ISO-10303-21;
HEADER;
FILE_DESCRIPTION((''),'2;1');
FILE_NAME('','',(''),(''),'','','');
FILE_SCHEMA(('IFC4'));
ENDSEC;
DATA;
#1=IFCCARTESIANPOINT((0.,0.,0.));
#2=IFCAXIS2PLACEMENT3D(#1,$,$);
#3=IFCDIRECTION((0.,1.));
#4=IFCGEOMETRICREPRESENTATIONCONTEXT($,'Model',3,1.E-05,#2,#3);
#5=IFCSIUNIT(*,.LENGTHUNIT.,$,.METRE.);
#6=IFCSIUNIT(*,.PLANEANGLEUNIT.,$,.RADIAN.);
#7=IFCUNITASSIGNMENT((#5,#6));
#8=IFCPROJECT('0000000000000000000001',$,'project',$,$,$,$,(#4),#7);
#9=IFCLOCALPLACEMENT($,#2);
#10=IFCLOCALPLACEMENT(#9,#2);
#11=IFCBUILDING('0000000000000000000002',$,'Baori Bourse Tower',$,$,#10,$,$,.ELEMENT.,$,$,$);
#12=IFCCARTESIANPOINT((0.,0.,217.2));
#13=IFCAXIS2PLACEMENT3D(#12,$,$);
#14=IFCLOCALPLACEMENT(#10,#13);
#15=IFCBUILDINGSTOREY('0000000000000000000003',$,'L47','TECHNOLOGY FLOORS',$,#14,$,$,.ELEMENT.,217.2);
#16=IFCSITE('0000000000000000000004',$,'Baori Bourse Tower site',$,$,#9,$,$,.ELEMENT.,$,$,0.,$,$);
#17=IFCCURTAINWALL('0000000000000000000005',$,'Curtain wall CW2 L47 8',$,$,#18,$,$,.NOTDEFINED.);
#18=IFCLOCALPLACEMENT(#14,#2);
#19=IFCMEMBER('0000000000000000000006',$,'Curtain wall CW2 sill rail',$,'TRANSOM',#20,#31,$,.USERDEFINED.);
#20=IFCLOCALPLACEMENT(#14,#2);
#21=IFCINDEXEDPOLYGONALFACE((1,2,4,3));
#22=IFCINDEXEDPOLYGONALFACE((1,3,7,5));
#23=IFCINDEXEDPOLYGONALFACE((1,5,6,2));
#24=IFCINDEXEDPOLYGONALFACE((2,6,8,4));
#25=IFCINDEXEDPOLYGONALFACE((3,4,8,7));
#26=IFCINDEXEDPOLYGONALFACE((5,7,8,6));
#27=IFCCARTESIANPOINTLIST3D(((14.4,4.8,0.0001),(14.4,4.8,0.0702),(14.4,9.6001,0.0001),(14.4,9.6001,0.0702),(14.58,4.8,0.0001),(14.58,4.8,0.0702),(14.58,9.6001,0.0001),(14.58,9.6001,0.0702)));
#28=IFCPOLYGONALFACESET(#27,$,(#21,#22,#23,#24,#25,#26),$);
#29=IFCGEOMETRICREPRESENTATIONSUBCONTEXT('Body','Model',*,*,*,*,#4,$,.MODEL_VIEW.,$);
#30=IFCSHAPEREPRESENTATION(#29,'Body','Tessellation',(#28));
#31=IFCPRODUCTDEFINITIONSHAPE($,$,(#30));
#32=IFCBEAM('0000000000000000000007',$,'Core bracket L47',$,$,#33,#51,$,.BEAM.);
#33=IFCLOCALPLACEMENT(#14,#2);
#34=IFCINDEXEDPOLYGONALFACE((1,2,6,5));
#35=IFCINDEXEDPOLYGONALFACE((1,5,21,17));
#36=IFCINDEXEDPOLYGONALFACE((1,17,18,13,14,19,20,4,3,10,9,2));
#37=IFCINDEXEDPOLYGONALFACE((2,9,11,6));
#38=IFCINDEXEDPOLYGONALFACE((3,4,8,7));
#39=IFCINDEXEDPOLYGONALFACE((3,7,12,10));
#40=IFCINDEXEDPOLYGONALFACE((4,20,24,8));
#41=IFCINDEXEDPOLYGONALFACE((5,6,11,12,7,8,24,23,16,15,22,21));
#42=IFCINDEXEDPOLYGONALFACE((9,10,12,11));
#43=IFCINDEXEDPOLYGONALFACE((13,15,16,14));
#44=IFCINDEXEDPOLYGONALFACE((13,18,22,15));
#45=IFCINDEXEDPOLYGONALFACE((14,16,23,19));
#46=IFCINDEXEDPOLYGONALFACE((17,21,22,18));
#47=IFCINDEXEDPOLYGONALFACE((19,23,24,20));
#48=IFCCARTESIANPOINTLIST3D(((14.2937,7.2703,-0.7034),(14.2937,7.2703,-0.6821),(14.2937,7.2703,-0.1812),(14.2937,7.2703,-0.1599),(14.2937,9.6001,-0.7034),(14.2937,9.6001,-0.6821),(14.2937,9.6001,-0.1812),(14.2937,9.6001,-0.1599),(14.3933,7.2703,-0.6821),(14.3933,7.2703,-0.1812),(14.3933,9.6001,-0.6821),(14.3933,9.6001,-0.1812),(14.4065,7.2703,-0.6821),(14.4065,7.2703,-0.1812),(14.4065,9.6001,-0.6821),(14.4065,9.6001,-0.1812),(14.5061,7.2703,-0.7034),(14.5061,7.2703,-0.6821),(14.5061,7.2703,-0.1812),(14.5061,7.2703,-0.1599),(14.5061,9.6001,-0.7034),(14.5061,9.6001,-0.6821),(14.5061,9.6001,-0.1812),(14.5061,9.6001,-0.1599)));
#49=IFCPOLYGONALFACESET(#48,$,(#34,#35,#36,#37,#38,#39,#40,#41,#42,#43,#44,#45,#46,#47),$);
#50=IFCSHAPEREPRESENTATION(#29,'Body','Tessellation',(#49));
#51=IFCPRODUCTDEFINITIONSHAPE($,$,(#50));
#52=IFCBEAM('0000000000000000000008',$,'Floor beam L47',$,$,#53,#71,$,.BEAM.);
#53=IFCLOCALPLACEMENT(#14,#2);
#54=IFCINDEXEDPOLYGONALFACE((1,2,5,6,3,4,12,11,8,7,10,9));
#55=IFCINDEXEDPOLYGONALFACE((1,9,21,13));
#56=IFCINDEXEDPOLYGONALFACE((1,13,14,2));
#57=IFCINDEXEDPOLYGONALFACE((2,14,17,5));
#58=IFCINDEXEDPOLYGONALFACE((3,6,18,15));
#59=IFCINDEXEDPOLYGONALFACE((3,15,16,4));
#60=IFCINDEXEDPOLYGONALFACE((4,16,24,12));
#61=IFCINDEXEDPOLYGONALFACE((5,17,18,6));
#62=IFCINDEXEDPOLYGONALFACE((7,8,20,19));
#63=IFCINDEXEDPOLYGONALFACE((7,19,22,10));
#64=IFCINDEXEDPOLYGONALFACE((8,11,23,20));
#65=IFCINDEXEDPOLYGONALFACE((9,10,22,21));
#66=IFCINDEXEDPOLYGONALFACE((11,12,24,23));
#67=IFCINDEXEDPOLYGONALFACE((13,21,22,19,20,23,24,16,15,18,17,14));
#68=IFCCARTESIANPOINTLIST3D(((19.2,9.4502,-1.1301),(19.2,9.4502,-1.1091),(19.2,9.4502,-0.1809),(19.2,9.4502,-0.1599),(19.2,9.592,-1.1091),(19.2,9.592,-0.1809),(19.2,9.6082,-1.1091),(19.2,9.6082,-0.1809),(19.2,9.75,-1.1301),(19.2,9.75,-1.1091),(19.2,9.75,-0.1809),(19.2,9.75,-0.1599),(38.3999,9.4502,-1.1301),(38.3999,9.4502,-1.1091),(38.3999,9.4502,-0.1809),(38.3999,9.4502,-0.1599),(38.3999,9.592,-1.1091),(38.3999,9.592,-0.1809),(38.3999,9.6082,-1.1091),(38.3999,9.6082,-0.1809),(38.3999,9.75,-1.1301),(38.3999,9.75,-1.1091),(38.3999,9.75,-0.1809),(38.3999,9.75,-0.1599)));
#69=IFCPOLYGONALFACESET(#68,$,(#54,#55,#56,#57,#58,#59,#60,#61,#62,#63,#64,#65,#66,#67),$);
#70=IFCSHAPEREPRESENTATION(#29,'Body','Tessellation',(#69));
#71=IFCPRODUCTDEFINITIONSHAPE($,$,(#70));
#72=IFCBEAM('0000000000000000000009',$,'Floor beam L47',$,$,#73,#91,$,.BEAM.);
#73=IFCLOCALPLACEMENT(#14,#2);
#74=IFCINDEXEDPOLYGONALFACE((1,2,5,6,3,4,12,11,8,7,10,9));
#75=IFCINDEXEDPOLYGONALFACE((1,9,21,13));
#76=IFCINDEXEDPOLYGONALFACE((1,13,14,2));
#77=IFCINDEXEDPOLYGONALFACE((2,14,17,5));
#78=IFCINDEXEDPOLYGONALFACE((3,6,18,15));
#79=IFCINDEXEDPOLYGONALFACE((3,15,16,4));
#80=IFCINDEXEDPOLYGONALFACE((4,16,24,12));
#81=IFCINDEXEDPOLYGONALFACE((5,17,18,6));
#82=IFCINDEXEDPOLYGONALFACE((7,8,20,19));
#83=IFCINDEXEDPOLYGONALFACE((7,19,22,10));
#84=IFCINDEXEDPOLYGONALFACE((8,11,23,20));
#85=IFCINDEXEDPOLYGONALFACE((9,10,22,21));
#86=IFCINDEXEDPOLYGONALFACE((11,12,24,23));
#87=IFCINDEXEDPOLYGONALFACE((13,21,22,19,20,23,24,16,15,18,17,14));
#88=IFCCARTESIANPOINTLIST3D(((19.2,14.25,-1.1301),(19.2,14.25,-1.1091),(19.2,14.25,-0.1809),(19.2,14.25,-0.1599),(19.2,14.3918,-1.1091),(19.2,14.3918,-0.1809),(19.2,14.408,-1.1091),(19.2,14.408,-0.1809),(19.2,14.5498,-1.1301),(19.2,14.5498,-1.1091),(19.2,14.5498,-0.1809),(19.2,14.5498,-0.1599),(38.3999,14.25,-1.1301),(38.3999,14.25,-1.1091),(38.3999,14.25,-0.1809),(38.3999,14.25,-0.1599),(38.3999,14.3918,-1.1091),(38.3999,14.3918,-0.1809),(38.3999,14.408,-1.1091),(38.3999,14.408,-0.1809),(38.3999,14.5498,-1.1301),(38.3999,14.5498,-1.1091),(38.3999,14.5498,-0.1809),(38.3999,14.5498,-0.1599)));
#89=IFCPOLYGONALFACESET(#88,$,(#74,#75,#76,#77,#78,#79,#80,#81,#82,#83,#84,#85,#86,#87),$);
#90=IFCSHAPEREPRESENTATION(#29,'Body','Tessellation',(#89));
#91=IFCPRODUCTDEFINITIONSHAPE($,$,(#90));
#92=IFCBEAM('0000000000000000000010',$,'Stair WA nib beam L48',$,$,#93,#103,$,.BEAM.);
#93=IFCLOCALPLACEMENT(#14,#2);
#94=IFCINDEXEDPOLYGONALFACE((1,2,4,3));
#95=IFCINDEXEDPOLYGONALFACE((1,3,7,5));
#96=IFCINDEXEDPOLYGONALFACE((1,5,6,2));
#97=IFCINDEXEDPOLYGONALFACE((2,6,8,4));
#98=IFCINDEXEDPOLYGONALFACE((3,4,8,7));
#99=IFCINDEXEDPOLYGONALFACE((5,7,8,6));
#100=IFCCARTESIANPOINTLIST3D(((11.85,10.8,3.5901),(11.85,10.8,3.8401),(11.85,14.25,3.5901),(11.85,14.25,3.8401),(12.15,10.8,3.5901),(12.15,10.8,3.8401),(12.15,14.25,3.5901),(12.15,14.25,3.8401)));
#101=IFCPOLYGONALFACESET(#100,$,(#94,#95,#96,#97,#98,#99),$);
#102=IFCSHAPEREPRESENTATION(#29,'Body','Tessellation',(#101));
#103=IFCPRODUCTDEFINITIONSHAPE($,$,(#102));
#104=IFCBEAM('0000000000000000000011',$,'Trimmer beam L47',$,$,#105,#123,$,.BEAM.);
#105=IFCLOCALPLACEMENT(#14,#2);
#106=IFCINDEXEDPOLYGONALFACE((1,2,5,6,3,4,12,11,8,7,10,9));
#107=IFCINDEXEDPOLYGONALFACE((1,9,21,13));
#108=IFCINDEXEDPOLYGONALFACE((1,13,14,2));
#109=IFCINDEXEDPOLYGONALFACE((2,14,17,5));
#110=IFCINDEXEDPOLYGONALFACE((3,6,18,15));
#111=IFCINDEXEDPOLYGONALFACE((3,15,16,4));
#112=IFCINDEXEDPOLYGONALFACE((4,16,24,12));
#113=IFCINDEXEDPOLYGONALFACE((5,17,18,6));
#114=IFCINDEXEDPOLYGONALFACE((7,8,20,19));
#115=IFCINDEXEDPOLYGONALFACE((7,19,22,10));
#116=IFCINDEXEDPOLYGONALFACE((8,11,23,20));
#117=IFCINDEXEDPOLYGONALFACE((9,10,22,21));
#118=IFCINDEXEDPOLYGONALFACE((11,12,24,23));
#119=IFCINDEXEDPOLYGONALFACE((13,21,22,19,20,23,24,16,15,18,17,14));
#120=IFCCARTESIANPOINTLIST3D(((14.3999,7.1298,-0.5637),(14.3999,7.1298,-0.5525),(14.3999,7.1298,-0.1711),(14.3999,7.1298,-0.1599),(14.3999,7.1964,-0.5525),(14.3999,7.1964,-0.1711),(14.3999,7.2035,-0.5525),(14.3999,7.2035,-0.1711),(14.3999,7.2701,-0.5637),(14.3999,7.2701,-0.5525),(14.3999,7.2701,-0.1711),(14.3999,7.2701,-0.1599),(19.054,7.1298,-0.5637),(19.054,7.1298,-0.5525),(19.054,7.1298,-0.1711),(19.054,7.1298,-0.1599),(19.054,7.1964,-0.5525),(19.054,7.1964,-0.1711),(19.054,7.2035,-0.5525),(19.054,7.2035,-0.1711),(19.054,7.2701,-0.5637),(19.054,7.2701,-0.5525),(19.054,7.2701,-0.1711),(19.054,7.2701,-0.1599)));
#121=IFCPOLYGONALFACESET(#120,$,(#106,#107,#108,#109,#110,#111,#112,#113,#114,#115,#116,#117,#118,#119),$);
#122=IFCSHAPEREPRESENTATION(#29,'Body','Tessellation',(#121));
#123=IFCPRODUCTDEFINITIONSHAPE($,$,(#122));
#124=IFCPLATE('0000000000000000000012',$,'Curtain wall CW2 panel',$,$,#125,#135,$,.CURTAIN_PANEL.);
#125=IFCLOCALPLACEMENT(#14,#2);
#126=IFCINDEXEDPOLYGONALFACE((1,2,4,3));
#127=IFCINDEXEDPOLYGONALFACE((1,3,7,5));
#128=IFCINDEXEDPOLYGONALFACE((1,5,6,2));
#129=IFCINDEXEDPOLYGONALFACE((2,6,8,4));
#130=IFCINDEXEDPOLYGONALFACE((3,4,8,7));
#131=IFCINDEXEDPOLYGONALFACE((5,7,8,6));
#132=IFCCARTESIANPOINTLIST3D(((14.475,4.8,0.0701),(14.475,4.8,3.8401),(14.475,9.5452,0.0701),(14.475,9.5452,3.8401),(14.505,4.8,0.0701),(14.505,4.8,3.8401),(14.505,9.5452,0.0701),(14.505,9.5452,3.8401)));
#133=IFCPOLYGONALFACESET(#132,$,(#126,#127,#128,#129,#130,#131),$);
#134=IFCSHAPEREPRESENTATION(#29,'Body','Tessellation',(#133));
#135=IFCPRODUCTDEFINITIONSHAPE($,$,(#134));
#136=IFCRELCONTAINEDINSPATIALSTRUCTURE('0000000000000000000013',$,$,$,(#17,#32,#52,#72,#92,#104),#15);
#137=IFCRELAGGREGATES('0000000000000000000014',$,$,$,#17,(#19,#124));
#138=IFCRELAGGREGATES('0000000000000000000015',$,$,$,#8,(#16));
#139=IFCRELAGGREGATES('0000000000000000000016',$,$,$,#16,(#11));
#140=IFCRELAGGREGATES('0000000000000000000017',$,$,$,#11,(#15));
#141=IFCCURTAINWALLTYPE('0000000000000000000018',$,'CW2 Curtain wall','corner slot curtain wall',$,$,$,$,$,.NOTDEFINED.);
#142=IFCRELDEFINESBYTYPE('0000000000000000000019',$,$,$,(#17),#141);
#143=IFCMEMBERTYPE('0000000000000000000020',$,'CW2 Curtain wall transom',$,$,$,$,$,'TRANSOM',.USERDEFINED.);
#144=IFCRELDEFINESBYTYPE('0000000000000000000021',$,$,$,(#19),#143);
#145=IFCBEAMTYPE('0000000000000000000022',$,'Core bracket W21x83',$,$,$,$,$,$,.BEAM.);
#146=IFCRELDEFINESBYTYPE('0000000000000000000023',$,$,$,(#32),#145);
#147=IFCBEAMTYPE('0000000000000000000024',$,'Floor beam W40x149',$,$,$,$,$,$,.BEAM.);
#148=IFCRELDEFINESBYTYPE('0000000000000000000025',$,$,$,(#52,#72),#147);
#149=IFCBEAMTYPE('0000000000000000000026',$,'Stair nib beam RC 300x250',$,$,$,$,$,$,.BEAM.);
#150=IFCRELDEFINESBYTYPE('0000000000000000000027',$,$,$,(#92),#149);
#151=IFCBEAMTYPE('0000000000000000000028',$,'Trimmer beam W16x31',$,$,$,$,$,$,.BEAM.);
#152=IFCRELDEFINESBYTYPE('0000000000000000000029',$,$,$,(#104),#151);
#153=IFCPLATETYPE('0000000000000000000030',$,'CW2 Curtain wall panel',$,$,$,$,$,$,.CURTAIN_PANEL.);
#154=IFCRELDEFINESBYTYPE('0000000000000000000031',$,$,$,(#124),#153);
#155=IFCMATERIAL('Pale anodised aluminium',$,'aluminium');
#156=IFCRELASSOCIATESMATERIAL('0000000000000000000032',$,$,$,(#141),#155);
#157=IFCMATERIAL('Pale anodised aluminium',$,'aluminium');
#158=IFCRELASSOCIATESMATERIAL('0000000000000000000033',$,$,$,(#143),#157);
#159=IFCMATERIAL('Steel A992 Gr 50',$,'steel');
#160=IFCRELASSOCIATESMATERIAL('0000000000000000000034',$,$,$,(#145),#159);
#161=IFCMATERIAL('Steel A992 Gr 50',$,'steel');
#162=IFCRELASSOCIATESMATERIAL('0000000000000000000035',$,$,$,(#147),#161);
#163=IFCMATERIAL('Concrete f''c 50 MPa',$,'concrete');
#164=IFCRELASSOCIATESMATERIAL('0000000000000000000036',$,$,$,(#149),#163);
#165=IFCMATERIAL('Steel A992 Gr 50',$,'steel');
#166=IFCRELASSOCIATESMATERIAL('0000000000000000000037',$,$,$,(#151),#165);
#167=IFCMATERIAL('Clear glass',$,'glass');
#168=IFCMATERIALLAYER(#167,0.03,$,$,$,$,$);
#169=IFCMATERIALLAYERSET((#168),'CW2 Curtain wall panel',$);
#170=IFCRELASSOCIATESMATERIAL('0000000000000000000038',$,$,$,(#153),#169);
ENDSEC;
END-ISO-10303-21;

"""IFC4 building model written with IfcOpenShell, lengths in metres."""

from ifc_helpers import new_model, si_unit, direction, frame, origin, origin_2d, place, context, subcontext, project, spatial, rectangle, i_section, extrude, material, layer, layer_set, material_profile, profile_set, type_object, element, aggregate, save


model = new_model("IFC4")

# Units and contexts
model_context = context("Model", 3, precision=1e-05, world=origin(), true_north=direction((0.0, 1.0)))
body_context = subcontext(model_context, "Body", "Model", "MODEL_VIEW")
ifc_project = project(units=[si_unit("LENGTHUNIT", "METRE"), si_unit("PLANEANGLEUNIT", "RADIAN")], contexts=[model_context])

# Site, building, storey
site_placement = place(None, origin())
site = spatial("IfcSite", under=ifc_project, at=site_placement, Name="Baori Bourse Tower site", CompositionType="ELEMENT", RefElevation=0.0)
building_placement = place(site_placement, origin())
building = spatial("IfcBuilding", under=site, at=building_placement, Name="Baori Bourse Tower", CompositionType="ELEMENT")
storey_placement = place(building_placement, frame((0.0, 0.0, 217.2)))
storey = spatial("IfcBuildingStorey", under=building, at=storey_placement, Name="L47", Description="TECHNOLOGY FLOORS", CompositionType="ELEMENT", Elevation=217.2)

# Curtain wall, member
ifc_material_1 = material(Name="Pale anodised aluminium", Category="aluminium")
curtain_wall_type = type_object("IfcCurtainWallType", Name="CW2 Curtain wall", Description="corner slot curtain wall", PredefinedType="NOTDEFINED", material=ifc_material_1)
curtain_wall_placement = place(storey_placement, origin())
curtain_wall = element("IfcCurtainWall", 1, at=curtain_wall_placement, inside=storey, type_object=curtain_wall_type, Name="Curtain wall CW2 L47 8", PredefinedType="NOTDEFINED")
ifc_material_2 = material(Name="Pale anodised aluminium", Category="aluminium")
ifc_material_profile_1 = material_profile(ifc_material_2, rectangle(XDim=0.1799, YDim=0.0701, at=origin_2d()), Name="Transom 70x180")
ifc_profile_set_1 = profile_set([ifc_material_profile_1], Name="Pale anodised aluminium")
member_type = type_object("IfcMemberType", Name="CW2 Curtain wall transom", ElementType="TRANSOM", PredefinedType="USERDEFINED", material=ifc_profile_set_1)
member_placement = place(storey_placement, frame((14.49, 9.6001, 0.0352), z_axis=(0.0, -1.0, 0.0), x_axis=(1.0, 0.0, 0.0)))
member = element("IfcMember", 2, at=member_placement, type_object=member_type, Name="Curtain wall CW2 sill rail", ObjectType="TRANSOM", PredefinedType="USERDEFINED", context=body_context, shape_type="SweptSolid", body=[
    extrude(rectangle(XDim=0.1799, YDim=0.0701, at=origin_2d()), origin(), (0.0, 0.0, 1.0), 4.8),
])

# Beams
ifc_material_3 = material(Name="Steel A992 Gr 50", Category="steel")
ifc_material_profile_2 = material_profile(ifc_material_3, i_section(OverallWidth=0.2124, OverallDepth=0.5435, WebThickness=0.0132, FlangeThickness=0.0212, at=origin_2d()), Name="W21x83")
ifc_profile_set_2 = profile_set([ifc_material_profile_2], Name="Steel A992 Gr 50")
beam_type_1 = type_object("IfcBeamType", Name="Core bracket W21x83", PredefinedType="BEAM", material=ifc_profile_set_2)
beam_1_placement = place(storey_placement, frame((14.3999, 7.2703, -0.4316), z_axis=(0.0, 1.0, 0.0), x_axis=(-1.0, 0.0, 0.0)))
element("IfcBeam", 3, at=beam_1_placement, inside=storey, type_object=beam_type_1, Name="Core bracket L47", PredefinedType="BEAM", context=body_context, shape_type="SweptSolid", body=[
    extrude(i_section(OverallWidth=0.2124, OverallDepth=0.5435, WebThickness=0.0132, FlangeThickness=0.0212, at=origin_2d()), origin(), (0.0, 0.0, 1.0), 2.3298),
])
ifc_material_4 = material(Name="Steel A992 Gr 50", Category="steel")
ifc_material_profile_3 = material_profile(ifc_material_4, i_section(OverallWidth=0.2998, OverallDepth=0.9702, WebThickness=0.0161, FlangeThickness=0.021, at=origin_2d()), Name="W40x149")
ifc_profile_set_3 = profile_set([ifc_material_profile_3], Name="Steel A992 Gr 50")
beam_type_2 = type_object("IfcBeamType", Name="Floor beam W40x149", PredefinedType="BEAM", material=ifc_profile_set_3)
for number, where, z_axis, x_axis, name in (
    (4, (19.2, 9.6001, -0.645), (1.0, 0.0, 0.0), (0.0, 1.0, 0.0), "Floor beam L47"),
    (5, (19.2, 14.3999, -0.645), (1.0, 0.0, 0.0), (0.0, 1.0, 0.0), "Floor beam L47"),
):
    element("IfcBeam", number, at=place(storey_placement, frame(where, z_axis=z_axis, x_axis=x_axis)), inside=storey, type_object=beam_type_2, Name=name, PredefinedType="BEAM", context=body_context, shape_type="SweptSolid", body=[
        extrude(i_section(OverallWidth=0.2998, OverallDepth=0.9702, WebThickness=0.0161, FlangeThickness=0.021, at=origin_2d()), origin(), (0.0, 0.0, 1.0), 19.2),
    ])
ifc_material_5 = material(Name="Concrete f'c 50 MPa", Category="concrete")
ifc_material_profile_4 = material_profile(ifc_material_5, rectangle(XDim=0.3, YDim=0.25, at=origin_2d()), Name="RC 300x250")
ifc_profile_set_4 = profile_set([ifc_material_profile_4], Name="Concrete f'c 50 MPa")
beam_type_3 = type_object("IfcBeamType", Name="Stair nib beam RC 300x250", PredefinedType="BEAM", material=ifc_profile_set_4)
beam_2_placement = place(storey_placement, frame((12.0, 10.8, 3.7151), z_axis=(0.0, 1.0, 0.0), x_axis=(-1.0, 0.0, 0.0)))
element("IfcBeam", 6, at=beam_2_placement, inside=storey, type_object=beam_type_3, Name="Stair WA nib beam L48", PredefinedType="BEAM", context=body_context, shape_type="SweptSolid", body=[
    extrude(rectangle(XDim=0.3, YDim=0.25, at=origin_2d()), origin(), (0.0, 0.0, 1.0), 3.45),
])
ifc_material_6 = material(Name="Steel A992 Gr 50", Category="steel")
ifc_material_profile_5 = material_profile(ifc_material_6, i_section(OverallWidth=0.1404, OverallDepth=0.4038, WebThickness=0.0071, FlangeThickness=0.0112, at=origin_2d()), Name="W16x31")
ifc_profile_set_5 = profile_set([ifc_material_profile_5], Name="Steel A992 Gr 50")
beam_type_4 = type_object("IfcBeamType", Name="Trimmer beam W16x31", PredefinedType="BEAM", material=ifc_profile_set_5)
beam_3_placement = place(storey_placement, frame((14.3999, 7.2, -0.3618), z_axis=(1.0, 0.0, 0.0), x_axis=(0.0, 1.0, 0.0)))
element("IfcBeam", 7, at=beam_3_placement, inside=storey, type_object=beam_type_4, Name="Trimmer beam L47", PredefinedType="BEAM", context=body_context, shape_type="SweptSolid", body=[
    extrude(i_section(OverallWidth=0.1404, OverallDepth=0.4038, WebThickness=0.0071, FlangeThickness=0.0112, at=origin_2d()), origin(), (0.0, 0.0, 1.0), 4.6541),
])

# Plate
ifc_material_7 = material(Name="Clear glass", Category="glass")
ifc_layer_1 = layer(ifc_material_7, 0.03)
ifc_layer_set_1 = layer_set([ifc_layer_1], Name="CW2 Curtain wall panel")
plate_type = type_object("IfcPlateType", Name="CW2 Curtain wall panel", PredefinedType="CURTAIN_PANEL", material=ifc_layer_set_1)
plate_placement = place(storey_placement, frame((14.49, 7.1726, 0.0701), z_axis=(0.0, 0.0, 1.0), x_axis=(0.0, -1.0, 0.0)))
plate = element("IfcPlate", 8, at=plate_placement, type_object=plate_type, Name="Curtain wall CW2 panel", PredefinedType="CURTAIN_PANEL", context=body_context, shape_type="SweptSolid", body=[
    extrude(rectangle(XDim=4.7451, YDim=0.03, at=origin_2d()), origin(), (0.0, 0.0, 1.0), 3.77),
])
aggregate(curtain_wall, [member, plate])

save(model, "model.ifc")
